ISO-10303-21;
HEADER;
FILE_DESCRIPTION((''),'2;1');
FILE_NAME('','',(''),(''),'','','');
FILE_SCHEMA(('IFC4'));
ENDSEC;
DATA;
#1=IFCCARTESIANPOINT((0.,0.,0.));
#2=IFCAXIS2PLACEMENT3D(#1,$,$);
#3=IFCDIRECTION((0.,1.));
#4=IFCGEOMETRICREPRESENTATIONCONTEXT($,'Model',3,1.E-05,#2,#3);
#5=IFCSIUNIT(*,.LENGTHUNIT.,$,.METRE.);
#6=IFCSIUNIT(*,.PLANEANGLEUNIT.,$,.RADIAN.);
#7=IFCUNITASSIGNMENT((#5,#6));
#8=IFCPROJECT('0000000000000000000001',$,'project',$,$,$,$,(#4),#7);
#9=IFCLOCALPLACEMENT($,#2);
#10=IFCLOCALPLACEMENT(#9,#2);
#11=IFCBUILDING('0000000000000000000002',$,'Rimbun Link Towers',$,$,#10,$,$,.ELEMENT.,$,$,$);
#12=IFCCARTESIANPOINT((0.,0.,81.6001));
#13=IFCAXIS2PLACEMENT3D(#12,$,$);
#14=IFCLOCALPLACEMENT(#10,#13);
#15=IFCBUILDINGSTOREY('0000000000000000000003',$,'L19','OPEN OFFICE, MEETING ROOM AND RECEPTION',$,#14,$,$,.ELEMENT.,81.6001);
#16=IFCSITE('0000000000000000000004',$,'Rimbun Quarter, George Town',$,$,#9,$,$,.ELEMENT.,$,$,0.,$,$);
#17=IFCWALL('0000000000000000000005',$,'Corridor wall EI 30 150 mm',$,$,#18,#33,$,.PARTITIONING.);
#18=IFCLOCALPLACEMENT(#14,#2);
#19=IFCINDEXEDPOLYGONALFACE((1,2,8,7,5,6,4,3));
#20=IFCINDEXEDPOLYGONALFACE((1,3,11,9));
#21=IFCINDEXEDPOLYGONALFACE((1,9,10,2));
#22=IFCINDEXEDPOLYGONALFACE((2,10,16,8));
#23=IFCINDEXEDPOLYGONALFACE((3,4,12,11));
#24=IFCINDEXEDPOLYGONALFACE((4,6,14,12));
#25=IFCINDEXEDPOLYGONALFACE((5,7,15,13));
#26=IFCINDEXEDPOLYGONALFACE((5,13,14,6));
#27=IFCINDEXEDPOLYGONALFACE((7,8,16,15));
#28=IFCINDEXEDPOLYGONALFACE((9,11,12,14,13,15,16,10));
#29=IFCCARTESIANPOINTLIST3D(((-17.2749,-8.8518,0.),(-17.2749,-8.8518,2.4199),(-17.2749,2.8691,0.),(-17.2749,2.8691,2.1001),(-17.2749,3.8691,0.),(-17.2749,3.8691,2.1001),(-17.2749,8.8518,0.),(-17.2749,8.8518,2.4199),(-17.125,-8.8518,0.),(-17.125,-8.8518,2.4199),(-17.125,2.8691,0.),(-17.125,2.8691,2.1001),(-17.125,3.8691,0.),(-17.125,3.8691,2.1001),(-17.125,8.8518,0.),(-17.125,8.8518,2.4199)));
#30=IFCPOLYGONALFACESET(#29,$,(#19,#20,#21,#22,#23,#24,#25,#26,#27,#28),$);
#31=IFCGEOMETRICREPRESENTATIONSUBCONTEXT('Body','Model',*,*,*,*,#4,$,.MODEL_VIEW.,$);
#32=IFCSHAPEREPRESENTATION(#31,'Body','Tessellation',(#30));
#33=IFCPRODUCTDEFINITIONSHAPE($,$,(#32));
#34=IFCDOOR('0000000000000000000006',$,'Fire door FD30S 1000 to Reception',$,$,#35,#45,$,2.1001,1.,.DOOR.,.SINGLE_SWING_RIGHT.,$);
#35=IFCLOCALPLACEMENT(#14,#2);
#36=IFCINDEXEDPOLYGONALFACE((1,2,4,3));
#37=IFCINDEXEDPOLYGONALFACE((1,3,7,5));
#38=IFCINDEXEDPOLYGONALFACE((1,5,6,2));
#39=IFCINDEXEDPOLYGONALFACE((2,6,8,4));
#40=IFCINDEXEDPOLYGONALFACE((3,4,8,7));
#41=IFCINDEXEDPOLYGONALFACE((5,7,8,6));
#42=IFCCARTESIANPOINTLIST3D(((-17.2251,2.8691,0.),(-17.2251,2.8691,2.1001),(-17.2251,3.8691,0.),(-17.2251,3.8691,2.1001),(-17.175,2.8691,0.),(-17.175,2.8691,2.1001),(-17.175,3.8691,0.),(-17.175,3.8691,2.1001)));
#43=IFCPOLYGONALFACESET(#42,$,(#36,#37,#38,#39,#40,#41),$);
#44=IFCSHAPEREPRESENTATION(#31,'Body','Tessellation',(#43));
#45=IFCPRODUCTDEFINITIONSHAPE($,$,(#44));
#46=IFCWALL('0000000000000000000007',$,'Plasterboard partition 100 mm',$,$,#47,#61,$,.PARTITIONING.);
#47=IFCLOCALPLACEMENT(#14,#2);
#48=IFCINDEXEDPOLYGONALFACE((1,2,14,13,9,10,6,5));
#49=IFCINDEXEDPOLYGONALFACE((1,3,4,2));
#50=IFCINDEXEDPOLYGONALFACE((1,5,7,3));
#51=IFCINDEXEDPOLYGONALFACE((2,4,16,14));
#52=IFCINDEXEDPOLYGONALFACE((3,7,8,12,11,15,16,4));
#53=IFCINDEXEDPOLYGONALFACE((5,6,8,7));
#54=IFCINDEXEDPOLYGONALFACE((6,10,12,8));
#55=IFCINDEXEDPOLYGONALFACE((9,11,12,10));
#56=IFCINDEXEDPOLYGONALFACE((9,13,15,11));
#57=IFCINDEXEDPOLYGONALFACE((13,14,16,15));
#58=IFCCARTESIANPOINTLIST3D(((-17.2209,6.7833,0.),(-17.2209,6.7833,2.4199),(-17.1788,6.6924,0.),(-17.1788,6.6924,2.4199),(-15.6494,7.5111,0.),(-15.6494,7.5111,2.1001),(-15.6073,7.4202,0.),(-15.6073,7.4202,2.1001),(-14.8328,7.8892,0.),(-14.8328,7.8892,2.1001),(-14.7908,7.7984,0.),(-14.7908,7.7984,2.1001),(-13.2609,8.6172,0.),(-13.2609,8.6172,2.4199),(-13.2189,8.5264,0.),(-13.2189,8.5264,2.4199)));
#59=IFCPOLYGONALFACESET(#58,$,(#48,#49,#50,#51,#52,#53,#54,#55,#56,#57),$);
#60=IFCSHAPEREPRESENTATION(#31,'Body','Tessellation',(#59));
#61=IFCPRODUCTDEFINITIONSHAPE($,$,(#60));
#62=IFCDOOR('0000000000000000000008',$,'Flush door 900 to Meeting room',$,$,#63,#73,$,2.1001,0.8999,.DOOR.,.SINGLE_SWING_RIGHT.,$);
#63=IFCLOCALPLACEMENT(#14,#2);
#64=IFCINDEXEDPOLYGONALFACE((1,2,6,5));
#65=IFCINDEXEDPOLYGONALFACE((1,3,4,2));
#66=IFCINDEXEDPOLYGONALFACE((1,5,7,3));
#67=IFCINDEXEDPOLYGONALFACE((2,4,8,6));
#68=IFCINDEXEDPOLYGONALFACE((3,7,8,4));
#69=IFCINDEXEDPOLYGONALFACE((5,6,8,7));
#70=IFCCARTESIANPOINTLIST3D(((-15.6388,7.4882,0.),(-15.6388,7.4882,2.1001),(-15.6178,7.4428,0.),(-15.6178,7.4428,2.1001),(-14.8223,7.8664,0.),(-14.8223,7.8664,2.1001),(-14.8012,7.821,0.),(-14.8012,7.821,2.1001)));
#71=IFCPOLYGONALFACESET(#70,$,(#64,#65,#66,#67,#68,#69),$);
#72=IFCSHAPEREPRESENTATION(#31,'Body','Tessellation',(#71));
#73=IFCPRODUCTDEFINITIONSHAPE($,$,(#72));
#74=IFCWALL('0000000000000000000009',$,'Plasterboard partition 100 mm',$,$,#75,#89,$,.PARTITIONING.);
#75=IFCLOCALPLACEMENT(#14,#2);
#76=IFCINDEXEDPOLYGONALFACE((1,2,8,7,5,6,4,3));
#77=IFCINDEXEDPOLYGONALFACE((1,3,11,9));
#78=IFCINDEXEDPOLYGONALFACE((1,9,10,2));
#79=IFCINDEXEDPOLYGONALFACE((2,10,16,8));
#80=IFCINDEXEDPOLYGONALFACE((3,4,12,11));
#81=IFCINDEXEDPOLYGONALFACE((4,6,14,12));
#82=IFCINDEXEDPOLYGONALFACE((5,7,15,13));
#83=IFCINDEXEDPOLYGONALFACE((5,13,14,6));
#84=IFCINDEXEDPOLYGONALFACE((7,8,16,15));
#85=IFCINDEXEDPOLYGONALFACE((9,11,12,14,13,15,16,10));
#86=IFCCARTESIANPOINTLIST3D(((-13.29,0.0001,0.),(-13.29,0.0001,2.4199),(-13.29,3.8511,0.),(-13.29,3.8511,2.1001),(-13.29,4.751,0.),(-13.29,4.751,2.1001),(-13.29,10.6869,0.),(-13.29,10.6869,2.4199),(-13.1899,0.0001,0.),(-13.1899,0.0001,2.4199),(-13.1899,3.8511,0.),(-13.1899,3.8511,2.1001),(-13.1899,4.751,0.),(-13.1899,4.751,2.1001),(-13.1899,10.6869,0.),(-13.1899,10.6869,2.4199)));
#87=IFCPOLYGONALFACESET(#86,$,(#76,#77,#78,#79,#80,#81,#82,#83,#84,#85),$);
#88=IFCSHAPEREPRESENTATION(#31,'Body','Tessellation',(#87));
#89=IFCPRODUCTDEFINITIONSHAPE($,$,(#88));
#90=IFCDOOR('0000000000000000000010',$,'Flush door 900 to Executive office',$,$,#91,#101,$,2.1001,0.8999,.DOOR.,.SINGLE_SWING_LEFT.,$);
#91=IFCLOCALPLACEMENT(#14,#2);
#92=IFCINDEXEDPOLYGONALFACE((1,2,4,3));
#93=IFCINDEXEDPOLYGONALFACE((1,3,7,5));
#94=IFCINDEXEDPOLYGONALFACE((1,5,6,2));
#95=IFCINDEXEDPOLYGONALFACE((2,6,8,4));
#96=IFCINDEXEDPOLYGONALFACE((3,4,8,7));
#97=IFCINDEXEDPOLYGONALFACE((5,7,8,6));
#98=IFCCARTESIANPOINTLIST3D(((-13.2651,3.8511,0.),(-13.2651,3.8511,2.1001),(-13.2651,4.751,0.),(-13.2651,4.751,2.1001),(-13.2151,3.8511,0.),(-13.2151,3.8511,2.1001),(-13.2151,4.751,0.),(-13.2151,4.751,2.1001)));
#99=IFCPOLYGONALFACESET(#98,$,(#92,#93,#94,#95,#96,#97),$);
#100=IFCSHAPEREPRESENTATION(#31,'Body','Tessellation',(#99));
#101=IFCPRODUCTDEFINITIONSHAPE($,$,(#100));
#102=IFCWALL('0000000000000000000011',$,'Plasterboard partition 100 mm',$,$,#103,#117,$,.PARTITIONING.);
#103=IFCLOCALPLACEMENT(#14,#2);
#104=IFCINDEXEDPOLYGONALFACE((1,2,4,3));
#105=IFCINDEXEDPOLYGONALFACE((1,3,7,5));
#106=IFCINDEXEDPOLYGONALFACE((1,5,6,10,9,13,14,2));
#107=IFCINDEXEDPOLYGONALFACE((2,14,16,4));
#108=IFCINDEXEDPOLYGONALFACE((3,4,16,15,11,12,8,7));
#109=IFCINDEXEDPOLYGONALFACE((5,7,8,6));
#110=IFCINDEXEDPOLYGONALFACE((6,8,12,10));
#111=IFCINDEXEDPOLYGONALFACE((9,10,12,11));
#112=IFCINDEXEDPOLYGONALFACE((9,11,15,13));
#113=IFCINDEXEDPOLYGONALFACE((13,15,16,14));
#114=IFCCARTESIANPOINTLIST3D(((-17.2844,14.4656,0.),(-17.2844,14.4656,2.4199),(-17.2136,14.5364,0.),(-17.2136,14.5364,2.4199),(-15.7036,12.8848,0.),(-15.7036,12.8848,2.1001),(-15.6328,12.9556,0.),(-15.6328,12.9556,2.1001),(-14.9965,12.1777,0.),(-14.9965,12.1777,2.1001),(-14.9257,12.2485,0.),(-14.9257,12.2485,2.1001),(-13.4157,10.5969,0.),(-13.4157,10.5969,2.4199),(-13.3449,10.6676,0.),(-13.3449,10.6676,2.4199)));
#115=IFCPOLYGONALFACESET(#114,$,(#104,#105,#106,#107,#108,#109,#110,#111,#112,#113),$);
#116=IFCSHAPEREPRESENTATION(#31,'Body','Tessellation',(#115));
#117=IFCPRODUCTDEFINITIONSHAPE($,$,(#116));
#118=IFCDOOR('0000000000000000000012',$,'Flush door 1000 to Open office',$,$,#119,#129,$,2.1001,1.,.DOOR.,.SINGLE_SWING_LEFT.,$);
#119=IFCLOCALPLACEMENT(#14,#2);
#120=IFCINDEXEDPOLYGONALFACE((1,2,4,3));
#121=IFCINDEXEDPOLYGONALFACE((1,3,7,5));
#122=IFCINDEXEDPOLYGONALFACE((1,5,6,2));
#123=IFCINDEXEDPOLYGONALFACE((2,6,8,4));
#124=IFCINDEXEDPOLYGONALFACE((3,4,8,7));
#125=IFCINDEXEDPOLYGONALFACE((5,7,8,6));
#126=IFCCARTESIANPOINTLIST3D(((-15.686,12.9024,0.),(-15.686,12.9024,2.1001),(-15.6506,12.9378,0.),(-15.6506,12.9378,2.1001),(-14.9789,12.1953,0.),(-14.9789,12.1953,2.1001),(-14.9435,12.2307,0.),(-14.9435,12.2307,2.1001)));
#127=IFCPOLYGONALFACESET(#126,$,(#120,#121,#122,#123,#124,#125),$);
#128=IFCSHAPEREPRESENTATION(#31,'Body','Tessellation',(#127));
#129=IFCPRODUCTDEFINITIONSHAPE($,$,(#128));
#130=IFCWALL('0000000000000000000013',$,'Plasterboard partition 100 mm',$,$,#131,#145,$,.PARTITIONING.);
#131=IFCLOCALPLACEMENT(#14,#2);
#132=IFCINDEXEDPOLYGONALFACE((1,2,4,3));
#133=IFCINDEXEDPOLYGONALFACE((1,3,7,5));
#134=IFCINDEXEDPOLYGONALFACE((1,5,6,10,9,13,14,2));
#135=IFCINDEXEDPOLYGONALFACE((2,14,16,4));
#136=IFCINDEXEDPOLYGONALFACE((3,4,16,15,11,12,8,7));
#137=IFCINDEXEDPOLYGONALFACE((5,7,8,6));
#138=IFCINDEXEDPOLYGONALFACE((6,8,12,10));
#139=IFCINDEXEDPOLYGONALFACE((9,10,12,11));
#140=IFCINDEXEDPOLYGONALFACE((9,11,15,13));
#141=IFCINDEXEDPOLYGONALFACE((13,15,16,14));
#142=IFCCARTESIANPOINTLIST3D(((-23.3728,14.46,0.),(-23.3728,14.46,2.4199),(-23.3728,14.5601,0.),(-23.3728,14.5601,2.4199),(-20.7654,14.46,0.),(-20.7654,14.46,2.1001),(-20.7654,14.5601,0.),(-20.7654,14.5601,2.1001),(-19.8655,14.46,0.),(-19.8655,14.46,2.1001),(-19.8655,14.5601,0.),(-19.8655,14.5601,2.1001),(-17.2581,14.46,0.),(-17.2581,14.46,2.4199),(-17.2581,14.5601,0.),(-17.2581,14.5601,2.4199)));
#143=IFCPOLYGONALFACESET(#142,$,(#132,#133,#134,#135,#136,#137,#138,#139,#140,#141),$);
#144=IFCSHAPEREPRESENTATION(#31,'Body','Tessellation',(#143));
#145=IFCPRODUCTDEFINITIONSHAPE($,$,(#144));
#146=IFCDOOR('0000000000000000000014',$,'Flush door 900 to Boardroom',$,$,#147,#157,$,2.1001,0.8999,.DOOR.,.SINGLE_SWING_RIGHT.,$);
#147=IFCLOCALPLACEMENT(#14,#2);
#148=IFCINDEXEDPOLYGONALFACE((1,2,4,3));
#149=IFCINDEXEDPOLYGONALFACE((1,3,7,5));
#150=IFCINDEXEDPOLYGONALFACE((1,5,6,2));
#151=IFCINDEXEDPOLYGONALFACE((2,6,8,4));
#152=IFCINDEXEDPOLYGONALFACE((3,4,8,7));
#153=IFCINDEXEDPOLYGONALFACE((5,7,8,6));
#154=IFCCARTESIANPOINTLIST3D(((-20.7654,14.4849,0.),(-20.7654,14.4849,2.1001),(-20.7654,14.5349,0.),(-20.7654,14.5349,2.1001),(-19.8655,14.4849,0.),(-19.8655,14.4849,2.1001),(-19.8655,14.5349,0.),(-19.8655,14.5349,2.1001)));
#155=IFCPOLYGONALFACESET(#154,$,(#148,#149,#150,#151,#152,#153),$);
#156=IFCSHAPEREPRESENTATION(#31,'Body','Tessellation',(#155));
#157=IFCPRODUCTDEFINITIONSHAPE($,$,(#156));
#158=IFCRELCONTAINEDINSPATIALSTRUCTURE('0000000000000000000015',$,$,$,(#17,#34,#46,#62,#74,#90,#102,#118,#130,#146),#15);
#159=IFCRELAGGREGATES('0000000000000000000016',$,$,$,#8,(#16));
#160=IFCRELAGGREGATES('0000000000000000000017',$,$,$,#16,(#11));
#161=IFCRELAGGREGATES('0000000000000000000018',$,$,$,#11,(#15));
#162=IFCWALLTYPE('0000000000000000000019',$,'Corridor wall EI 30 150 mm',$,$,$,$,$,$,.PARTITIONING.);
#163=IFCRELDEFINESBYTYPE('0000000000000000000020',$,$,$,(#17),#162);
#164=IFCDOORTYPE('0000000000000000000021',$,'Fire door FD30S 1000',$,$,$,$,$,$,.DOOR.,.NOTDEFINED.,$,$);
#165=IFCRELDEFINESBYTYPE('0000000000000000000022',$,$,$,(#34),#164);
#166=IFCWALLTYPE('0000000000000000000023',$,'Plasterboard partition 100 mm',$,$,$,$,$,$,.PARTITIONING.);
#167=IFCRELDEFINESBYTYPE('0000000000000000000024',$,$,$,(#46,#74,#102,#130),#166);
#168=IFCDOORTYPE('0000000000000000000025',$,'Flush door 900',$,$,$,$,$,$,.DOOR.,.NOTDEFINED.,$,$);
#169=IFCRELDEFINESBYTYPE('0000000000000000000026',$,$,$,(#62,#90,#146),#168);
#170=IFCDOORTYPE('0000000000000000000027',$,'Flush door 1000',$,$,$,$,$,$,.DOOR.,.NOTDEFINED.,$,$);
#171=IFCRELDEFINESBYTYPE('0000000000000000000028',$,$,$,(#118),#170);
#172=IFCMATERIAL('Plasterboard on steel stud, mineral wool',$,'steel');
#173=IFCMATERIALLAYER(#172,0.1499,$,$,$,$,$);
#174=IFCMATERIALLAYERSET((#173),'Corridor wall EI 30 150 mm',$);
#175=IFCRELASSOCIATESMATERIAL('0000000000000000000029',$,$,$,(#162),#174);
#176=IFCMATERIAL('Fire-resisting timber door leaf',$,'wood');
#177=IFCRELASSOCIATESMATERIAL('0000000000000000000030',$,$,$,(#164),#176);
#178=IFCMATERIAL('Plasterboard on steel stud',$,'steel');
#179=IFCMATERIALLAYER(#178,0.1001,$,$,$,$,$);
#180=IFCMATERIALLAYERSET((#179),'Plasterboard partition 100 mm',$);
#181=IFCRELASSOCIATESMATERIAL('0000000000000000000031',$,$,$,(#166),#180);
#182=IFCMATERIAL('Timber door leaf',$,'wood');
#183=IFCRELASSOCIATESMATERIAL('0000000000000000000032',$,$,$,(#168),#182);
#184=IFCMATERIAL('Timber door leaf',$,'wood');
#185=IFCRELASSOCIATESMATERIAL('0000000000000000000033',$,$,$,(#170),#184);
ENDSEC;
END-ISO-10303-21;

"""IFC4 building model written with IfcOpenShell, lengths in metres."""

from ifc_helpers import new_model, si_unit, direction, frame, frame_2d, origin, place, context, subcontext, project, spatial, rectangle, extrude, material, layer, layer_set, type_object, element, fill, save


model = new_model("IFC4")

# Units and contexts
model_context = context("Model", 3, precision=1e-05, world=origin(), true_north=direction((0.0, 1.0)))
body_context = subcontext(model_context, "Body", "Model", "MODEL_VIEW")
ifc_project = project(units=[si_unit("LENGTHUNIT", "METRE"), si_unit("PLANEANGLEUNIT", "RADIAN")], contexts=[model_context])

# Site, building, storey
site_placement = place(None, origin())
site = spatial("IfcSite", under=ifc_project, at=site_placement, Name="Rimbun Quarter, George Town", CompositionType="ELEMENT", RefElevation=0.0)
building_placement = place(site_placement, origin())
building = spatial("IfcBuilding", under=site, at=building_placement, Name="Rimbun Link Towers", CompositionType="ELEMENT")
storey_placement = place(building_placement, frame((0.0, 0.0, 81.6001)))
storey = spatial("IfcBuildingStorey", under=building, at=storey_placement, Name="L19", Description="OPEN OFFICE, MEETING ROOM AND RECEPTION", CompositionType="ELEMENT", Elevation=81.6001)

# Shared definitions
ifc_material_1 = material(Name="Plasterboard on steel stud, mineral wool", Category="steel")
ifc_layer_1 = layer(ifc_material_1, 0.1499)
ifc_layer_set_1 = layer_set([ifc_layer_1], Name="Corridor wall EI 30 150 mm")
wall_type_1 = type_object("IfcWallType", Name="Corridor wall EI 30 150 mm", PredefinedType="PARTITIONING", material=ifc_layer_set_1)

# Walls, openings, doors
wall_1_placement = place(storey_placement, frame((-17.2, 8.8518, 0.0), z_axis=(0.0, 0.0, 1.0), x_axis=(0.0, -1.0, 0.0)))
wall_1 = element("IfcWall", 1, at=wall_1_placement, inside=storey, type_object=wall_type_1, Name="Corridor wall EI 30 150 mm", PredefinedType="PARTITIONING", context=body_context, shape_type="SweptSolid", body=[
    extrude(rectangle(XDim=17.7036, YDim=0.1499, at=frame_2d((8.8518, 0.0))), origin(), (0.0, 0.0, 1.0), 2.4199),
])
opening_1_placement = place(wall_1_placement, frame((4.9827, 0.0, 0.0)))
opening_1 = element("IfcOpeningElement", 2, at=opening_1_placement, cuts=wall_1, PredefinedType="OPENING", context=body_context, shape_type="SweptSolid", body=[
    extrude(rectangle(XDim=1.0, YDim=2.1001, at=frame_2d((0.5, 1.05))), frame((0.0, 0.085, 0.0), z_axis=(0.0, -1.0, 0.0), x_axis=(1.0, 0.0, 0.0)), (0.0, 0.0, 1.0), 0.1699),
])
ifc_material_2 = material(Name="Fire-resisting timber door leaf", Category="wood")
door_type_1 = type_object("IfcDoorType", Name="Fire door FD30S 1000", OperationType="NOTDEFINED", PredefinedType="DOOR", material=ifc_material_2)
door_1_placement = place(opening_1_placement, origin())
door_1 = element("IfcDoor", 3, at=door_1_placement, inside=storey, type_object=door_type_1, Name="Fire door FD30S 1000 to Reception", OperationType="SINGLE_SWING_RIGHT", OverallHeight=2.1001, OverallWidth=1.0, PredefinedType="DOOR", context=body_context, shape_type="SweptSolid", body=[
    extrude(rectangle(XDim=1.0, YDim=2.1001, at=frame_2d((0.5, 1.05))), frame((0.0, 0.0249, 0.0), z_axis=(0.0, -1.0, 0.0), x_axis=(1.0, 0.0, 0.0)), (0.0, 0.0, 1.0), 0.05),
])
fill(opening_1, door_1)
ifc_material_3 = material(Name="Plasterboard on steel stud", Category="steel")
ifc_layer_2 = layer(ifc_material_3, 0.1001)
ifc_layer_set_2 = layer_set([ifc_layer_2], Name="Plasterboard partition 100 mm")
wall_type_2 = type_object("IfcWallType", Name="Plasterboard partition 100 mm", PredefinedType="PARTITIONING", material=ifc_layer_set_2)
wall_2_placement = place(storey_placement, frame((-17.2, 6.7378, 0.0), z_axis=(0.0, 0.0, 1.0), x_axis=(0.907408, 0.42025, 0.0)))
wall_2 = element("IfcWall", 4, at=wall_2_placement, inside=storey, type_object=wall_type_2, Name="Plasterboard partition 100 mm", PredefinedType="PARTITIONING", context=body_context, shape_type="SweptSolid", body=[
    extrude(rectangle(XDim=4.364, YDim=0.1001, at=frame_2d((2.1821, 0.0))), origin(), (0.0, 0.0, 1.0), 2.4199),
])
opening_2_placement = place(wall_2_placement, frame((1.7319, 0.0, 0.0)))
opening_2 = element("IfcOpeningElement", 5, at=opening_2_placement, cuts=wall_2, PredefinedType="OPENING", context=body_context, shape_type="SweptSolid", body=[
    extrude(rectangle(XDim=0.8999, YDim=2.1001, at=frame_2d((0.45, 1.05))), frame((0.0, 0.0601, 0.0), z_axis=(0.0, -1.0, 0.0), x_axis=(1.0, 0.0, 0.0)), (0.0, 0.0, 1.0), 0.1201),
])
ifc_material_4 = material(Name="Timber door leaf", Category="wood")
door_type_2 = type_object("IfcDoorType", Name="Flush door 900", OperationType="NOTDEFINED", PredefinedType="DOOR", material=ifc_material_4)
door_2_placement = place(opening_2_placement, origin())
door_2 = element("IfcDoor", 6, at=door_2_placement, inside=storey, type_object=door_type_2, Name="Flush door 900 to Meeting room", OperationType="SINGLE_SWING_RIGHT", OverallHeight=2.1001, OverallWidth=0.8999, PredefinedType="DOOR", context=body_context, shape_type="SweptSolid", body=[
    extrude(rectangle(XDim=0.8999, YDim=2.1001, at=frame_2d((0.45, 1.05))), frame((0.0, 0.0249, 0.0), z_axis=(0.0, -1.0, 0.0), x_axis=(1.0, 0.0, 0.0)), (0.0, 0.0, 1.0), 0.05),
])
fill(opening_2, door_2)
wall_3_placement = place(storey_placement, frame((-13.24, 10.6868, 0.0), z_axis=(0.0, 0.0, 1.0), x_axis=(0.0, -1.0, 0.0)))
wall_3 = element("IfcWall", 7, at=wall_3_placement, inside=storey, type_object=wall_type_2, Name="Plasterboard partition 100 mm", PredefinedType="PARTITIONING", context=body_context, shape_type="SweptSolid", body=[
    extrude(rectangle(XDim=10.6868, YDim=0.1001, at=frame_2d((5.3433, 0.0))), origin(), (0.0, 0.0, 1.0), 2.4199),
])
opening_3_placement = place(wall_3_placement, frame((5.9358, 0.0, 0.0)))
opening_3 = element("IfcOpeningElement", 8, at=opening_3_placement, cuts=wall_3, PredefinedType="OPENING", context=body_context, shape_type="SweptSolid", body=[
    extrude(rectangle(XDim=0.8999, YDim=2.1001, at=frame_2d((0.45, 1.05))), frame((0.0, 0.0601, 0.0), z_axis=(0.0, -1.0, 0.0), x_axis=(1.0, 0.0, 0.0)), (0.0, 0.0, 1.0), 0.1201),
])
door_3_placement = place(opening_3_placement, origin())
door_3 = element("IfcDoor", 9, at=door_3_placement, inside=storey, type_object=door_type_2, Name="Flush door 900 to Executive office", OperationType="SINGLE_SWING_LEFT", OverallHeight=2.1001, OverallWidth=0.8999, PredefinedType="DOOR", context=body_context, shape_type="SweptSolid", body=[
    extrude(rectangle(XDim=0.8999, YDim=2.1001, at=frame_2d((0.45, 1.05))), frame((0.0, 0.0249, 0.0), z_axis=(0.0, -1.0, 0.0), x_axis=(1.0, 0.0, 0.0)), (0.0, 0.0, 1.0), 0.05),
])
fill(opening_3, door_3)
wall_4_placement = place(storey_placement, frame((-17.249, 14.501, 0.0), z_axis=(0.0, 0.0, 1.0), x_axis=(0.707107, -0.707107, 0.0)))
wall_4 = element("IfcWall", 10, at=wall_4_placement, inside=storey, type_object=wall_type_2, Name="Plasterboard partition 100 mm", PredefinedType="PARTITIONING", context=body_context, shape_type="SweptSolid", body=[
    extrude(rectangle(XDim=5.4712, YDim=0.1001, at=frame_2d((2.7356, 0.0))), origin(), (0.0, 0.0, 1.0), 2.4199),
])
opening_4_placement = place(wall_4_placement, frame((2.2356, 0.0, 0.0)))
opening_4 = element("IfcOpeningElement", 11, at=opening_4_placement, cuts=wall_4, PredefinedType="OPENING", context=body_context, shape_type="SweptSolid", body=[
    extrude(rectangle(XDim=1.0, YDim=2.1001, at=frame_2d((0.5, 1.05))), frame((0.0, 0.0601, 0.0), z_axis=(0.0, -1.0, 0.0), x_axis=(1.0, 0.0, 0.0)), (0.0, 0.0, 1.0), 0.1201),
])
ifc_material_5 = material(Name="Timber door leaf", Category="wood")
door_type_3 = type_object("IfcDoorType", Name="Flush door 1000", OperationType="NOTDEFINED", PredefinedType="DOOR", material=ifc_material_5)
door_4_placement = place(opening_4_placement, origin())
door_4 = element("IfcDoor", 12, at=door_4_placement, inside=storey, type_object=door_type_3, Name="Flush door 1000 to Open office", OperationType="SINGLE_SWING_LEFT", OverallHeight=2.1001, OverallWidth=1.0, PredefinedType="DOOR", context=body_context, shape_type="SweptSolid", body=[
    extrude(rectangle(XDim=1.0, YDim=2.1001, at=frame_2d((0.5, 1.05))), frame((0.0, 0.0249, 0.0), z_axis=(0.0, -1.0, 0.0), x_axis=(1.0, 0.0, 0.0)), (0.0, 0.0, 1.0), 0.05),
])
fill(opening_4, door_4)
wall_5_placement = place(storey_placement, frame((-23.3728, 14.51, 0.0), z_axis=(0.0, 0.0, 1.0), x_axis=(1.0, 0.0, 0.0)))
wall_5 = element("IfcWall", 13, at=wall_5_placement, inside=storey, type_object=wall_type_2, Name="Plasterboard partition 100 mm", PredefinedType="PARTITIONING", context=body_context, shape_type="SweptSolid", body=[
    extrude(rectangle(XDim=6.1147, YDim=0.1001, at=frame_2d((3.0574, 0.0))), origin(), (0.0, 0.0, 1.0), 2.4199),
])
opening_5_placement = place(wall_5_placement, frame((2.6074, 0.0, 0.0)))
opening_5 = element("IfcOpeningElement", 14, at=opening_5_placement, cuts=wall_5, PredefinedType="OPENING", context=body_context, shape_type="SweptSolid", body=[
    extrude(rectangle(XDim=0.8999, YDim=2.1001, at=frame_2d((0.45, 1.05))), frame((0.0, 0.0601, 0.0), z_axis=(0.0, -1.0, 0.0), x_axis=(1.0, 0.0, 0.0)), (0.0, 0.0, 1.0), 0.1201),
])
door_5_placement = place(opening_5_placement, origin())
door_5 = element("IfcDoor", 15, at=door_5_placement, inside=storey, type_object=door_type_2, Name="Flush door 900 to Boardroom", OperationType="SINGLE_SWING_RIGHT", OverallHeight=2.1001, OverallWidth=0.8999, PredefinedType="DOOR", context=body_context, shape_type="SweptSolid", body=[
    extrude(rectangle(XDim=0.8999, YDim=2.1001, at=frame_2d((0.45, 1.05))), frame((0.0, 0.0249, 0.0), z_axis=(0.0, -1.0, 0.0), x_axis=(1.0, 0.0, 0.0)), (0.0, 0.0, 1.0), 0.05),
])
fill(opening_5, door_5)

save(model, "model.ifc")
